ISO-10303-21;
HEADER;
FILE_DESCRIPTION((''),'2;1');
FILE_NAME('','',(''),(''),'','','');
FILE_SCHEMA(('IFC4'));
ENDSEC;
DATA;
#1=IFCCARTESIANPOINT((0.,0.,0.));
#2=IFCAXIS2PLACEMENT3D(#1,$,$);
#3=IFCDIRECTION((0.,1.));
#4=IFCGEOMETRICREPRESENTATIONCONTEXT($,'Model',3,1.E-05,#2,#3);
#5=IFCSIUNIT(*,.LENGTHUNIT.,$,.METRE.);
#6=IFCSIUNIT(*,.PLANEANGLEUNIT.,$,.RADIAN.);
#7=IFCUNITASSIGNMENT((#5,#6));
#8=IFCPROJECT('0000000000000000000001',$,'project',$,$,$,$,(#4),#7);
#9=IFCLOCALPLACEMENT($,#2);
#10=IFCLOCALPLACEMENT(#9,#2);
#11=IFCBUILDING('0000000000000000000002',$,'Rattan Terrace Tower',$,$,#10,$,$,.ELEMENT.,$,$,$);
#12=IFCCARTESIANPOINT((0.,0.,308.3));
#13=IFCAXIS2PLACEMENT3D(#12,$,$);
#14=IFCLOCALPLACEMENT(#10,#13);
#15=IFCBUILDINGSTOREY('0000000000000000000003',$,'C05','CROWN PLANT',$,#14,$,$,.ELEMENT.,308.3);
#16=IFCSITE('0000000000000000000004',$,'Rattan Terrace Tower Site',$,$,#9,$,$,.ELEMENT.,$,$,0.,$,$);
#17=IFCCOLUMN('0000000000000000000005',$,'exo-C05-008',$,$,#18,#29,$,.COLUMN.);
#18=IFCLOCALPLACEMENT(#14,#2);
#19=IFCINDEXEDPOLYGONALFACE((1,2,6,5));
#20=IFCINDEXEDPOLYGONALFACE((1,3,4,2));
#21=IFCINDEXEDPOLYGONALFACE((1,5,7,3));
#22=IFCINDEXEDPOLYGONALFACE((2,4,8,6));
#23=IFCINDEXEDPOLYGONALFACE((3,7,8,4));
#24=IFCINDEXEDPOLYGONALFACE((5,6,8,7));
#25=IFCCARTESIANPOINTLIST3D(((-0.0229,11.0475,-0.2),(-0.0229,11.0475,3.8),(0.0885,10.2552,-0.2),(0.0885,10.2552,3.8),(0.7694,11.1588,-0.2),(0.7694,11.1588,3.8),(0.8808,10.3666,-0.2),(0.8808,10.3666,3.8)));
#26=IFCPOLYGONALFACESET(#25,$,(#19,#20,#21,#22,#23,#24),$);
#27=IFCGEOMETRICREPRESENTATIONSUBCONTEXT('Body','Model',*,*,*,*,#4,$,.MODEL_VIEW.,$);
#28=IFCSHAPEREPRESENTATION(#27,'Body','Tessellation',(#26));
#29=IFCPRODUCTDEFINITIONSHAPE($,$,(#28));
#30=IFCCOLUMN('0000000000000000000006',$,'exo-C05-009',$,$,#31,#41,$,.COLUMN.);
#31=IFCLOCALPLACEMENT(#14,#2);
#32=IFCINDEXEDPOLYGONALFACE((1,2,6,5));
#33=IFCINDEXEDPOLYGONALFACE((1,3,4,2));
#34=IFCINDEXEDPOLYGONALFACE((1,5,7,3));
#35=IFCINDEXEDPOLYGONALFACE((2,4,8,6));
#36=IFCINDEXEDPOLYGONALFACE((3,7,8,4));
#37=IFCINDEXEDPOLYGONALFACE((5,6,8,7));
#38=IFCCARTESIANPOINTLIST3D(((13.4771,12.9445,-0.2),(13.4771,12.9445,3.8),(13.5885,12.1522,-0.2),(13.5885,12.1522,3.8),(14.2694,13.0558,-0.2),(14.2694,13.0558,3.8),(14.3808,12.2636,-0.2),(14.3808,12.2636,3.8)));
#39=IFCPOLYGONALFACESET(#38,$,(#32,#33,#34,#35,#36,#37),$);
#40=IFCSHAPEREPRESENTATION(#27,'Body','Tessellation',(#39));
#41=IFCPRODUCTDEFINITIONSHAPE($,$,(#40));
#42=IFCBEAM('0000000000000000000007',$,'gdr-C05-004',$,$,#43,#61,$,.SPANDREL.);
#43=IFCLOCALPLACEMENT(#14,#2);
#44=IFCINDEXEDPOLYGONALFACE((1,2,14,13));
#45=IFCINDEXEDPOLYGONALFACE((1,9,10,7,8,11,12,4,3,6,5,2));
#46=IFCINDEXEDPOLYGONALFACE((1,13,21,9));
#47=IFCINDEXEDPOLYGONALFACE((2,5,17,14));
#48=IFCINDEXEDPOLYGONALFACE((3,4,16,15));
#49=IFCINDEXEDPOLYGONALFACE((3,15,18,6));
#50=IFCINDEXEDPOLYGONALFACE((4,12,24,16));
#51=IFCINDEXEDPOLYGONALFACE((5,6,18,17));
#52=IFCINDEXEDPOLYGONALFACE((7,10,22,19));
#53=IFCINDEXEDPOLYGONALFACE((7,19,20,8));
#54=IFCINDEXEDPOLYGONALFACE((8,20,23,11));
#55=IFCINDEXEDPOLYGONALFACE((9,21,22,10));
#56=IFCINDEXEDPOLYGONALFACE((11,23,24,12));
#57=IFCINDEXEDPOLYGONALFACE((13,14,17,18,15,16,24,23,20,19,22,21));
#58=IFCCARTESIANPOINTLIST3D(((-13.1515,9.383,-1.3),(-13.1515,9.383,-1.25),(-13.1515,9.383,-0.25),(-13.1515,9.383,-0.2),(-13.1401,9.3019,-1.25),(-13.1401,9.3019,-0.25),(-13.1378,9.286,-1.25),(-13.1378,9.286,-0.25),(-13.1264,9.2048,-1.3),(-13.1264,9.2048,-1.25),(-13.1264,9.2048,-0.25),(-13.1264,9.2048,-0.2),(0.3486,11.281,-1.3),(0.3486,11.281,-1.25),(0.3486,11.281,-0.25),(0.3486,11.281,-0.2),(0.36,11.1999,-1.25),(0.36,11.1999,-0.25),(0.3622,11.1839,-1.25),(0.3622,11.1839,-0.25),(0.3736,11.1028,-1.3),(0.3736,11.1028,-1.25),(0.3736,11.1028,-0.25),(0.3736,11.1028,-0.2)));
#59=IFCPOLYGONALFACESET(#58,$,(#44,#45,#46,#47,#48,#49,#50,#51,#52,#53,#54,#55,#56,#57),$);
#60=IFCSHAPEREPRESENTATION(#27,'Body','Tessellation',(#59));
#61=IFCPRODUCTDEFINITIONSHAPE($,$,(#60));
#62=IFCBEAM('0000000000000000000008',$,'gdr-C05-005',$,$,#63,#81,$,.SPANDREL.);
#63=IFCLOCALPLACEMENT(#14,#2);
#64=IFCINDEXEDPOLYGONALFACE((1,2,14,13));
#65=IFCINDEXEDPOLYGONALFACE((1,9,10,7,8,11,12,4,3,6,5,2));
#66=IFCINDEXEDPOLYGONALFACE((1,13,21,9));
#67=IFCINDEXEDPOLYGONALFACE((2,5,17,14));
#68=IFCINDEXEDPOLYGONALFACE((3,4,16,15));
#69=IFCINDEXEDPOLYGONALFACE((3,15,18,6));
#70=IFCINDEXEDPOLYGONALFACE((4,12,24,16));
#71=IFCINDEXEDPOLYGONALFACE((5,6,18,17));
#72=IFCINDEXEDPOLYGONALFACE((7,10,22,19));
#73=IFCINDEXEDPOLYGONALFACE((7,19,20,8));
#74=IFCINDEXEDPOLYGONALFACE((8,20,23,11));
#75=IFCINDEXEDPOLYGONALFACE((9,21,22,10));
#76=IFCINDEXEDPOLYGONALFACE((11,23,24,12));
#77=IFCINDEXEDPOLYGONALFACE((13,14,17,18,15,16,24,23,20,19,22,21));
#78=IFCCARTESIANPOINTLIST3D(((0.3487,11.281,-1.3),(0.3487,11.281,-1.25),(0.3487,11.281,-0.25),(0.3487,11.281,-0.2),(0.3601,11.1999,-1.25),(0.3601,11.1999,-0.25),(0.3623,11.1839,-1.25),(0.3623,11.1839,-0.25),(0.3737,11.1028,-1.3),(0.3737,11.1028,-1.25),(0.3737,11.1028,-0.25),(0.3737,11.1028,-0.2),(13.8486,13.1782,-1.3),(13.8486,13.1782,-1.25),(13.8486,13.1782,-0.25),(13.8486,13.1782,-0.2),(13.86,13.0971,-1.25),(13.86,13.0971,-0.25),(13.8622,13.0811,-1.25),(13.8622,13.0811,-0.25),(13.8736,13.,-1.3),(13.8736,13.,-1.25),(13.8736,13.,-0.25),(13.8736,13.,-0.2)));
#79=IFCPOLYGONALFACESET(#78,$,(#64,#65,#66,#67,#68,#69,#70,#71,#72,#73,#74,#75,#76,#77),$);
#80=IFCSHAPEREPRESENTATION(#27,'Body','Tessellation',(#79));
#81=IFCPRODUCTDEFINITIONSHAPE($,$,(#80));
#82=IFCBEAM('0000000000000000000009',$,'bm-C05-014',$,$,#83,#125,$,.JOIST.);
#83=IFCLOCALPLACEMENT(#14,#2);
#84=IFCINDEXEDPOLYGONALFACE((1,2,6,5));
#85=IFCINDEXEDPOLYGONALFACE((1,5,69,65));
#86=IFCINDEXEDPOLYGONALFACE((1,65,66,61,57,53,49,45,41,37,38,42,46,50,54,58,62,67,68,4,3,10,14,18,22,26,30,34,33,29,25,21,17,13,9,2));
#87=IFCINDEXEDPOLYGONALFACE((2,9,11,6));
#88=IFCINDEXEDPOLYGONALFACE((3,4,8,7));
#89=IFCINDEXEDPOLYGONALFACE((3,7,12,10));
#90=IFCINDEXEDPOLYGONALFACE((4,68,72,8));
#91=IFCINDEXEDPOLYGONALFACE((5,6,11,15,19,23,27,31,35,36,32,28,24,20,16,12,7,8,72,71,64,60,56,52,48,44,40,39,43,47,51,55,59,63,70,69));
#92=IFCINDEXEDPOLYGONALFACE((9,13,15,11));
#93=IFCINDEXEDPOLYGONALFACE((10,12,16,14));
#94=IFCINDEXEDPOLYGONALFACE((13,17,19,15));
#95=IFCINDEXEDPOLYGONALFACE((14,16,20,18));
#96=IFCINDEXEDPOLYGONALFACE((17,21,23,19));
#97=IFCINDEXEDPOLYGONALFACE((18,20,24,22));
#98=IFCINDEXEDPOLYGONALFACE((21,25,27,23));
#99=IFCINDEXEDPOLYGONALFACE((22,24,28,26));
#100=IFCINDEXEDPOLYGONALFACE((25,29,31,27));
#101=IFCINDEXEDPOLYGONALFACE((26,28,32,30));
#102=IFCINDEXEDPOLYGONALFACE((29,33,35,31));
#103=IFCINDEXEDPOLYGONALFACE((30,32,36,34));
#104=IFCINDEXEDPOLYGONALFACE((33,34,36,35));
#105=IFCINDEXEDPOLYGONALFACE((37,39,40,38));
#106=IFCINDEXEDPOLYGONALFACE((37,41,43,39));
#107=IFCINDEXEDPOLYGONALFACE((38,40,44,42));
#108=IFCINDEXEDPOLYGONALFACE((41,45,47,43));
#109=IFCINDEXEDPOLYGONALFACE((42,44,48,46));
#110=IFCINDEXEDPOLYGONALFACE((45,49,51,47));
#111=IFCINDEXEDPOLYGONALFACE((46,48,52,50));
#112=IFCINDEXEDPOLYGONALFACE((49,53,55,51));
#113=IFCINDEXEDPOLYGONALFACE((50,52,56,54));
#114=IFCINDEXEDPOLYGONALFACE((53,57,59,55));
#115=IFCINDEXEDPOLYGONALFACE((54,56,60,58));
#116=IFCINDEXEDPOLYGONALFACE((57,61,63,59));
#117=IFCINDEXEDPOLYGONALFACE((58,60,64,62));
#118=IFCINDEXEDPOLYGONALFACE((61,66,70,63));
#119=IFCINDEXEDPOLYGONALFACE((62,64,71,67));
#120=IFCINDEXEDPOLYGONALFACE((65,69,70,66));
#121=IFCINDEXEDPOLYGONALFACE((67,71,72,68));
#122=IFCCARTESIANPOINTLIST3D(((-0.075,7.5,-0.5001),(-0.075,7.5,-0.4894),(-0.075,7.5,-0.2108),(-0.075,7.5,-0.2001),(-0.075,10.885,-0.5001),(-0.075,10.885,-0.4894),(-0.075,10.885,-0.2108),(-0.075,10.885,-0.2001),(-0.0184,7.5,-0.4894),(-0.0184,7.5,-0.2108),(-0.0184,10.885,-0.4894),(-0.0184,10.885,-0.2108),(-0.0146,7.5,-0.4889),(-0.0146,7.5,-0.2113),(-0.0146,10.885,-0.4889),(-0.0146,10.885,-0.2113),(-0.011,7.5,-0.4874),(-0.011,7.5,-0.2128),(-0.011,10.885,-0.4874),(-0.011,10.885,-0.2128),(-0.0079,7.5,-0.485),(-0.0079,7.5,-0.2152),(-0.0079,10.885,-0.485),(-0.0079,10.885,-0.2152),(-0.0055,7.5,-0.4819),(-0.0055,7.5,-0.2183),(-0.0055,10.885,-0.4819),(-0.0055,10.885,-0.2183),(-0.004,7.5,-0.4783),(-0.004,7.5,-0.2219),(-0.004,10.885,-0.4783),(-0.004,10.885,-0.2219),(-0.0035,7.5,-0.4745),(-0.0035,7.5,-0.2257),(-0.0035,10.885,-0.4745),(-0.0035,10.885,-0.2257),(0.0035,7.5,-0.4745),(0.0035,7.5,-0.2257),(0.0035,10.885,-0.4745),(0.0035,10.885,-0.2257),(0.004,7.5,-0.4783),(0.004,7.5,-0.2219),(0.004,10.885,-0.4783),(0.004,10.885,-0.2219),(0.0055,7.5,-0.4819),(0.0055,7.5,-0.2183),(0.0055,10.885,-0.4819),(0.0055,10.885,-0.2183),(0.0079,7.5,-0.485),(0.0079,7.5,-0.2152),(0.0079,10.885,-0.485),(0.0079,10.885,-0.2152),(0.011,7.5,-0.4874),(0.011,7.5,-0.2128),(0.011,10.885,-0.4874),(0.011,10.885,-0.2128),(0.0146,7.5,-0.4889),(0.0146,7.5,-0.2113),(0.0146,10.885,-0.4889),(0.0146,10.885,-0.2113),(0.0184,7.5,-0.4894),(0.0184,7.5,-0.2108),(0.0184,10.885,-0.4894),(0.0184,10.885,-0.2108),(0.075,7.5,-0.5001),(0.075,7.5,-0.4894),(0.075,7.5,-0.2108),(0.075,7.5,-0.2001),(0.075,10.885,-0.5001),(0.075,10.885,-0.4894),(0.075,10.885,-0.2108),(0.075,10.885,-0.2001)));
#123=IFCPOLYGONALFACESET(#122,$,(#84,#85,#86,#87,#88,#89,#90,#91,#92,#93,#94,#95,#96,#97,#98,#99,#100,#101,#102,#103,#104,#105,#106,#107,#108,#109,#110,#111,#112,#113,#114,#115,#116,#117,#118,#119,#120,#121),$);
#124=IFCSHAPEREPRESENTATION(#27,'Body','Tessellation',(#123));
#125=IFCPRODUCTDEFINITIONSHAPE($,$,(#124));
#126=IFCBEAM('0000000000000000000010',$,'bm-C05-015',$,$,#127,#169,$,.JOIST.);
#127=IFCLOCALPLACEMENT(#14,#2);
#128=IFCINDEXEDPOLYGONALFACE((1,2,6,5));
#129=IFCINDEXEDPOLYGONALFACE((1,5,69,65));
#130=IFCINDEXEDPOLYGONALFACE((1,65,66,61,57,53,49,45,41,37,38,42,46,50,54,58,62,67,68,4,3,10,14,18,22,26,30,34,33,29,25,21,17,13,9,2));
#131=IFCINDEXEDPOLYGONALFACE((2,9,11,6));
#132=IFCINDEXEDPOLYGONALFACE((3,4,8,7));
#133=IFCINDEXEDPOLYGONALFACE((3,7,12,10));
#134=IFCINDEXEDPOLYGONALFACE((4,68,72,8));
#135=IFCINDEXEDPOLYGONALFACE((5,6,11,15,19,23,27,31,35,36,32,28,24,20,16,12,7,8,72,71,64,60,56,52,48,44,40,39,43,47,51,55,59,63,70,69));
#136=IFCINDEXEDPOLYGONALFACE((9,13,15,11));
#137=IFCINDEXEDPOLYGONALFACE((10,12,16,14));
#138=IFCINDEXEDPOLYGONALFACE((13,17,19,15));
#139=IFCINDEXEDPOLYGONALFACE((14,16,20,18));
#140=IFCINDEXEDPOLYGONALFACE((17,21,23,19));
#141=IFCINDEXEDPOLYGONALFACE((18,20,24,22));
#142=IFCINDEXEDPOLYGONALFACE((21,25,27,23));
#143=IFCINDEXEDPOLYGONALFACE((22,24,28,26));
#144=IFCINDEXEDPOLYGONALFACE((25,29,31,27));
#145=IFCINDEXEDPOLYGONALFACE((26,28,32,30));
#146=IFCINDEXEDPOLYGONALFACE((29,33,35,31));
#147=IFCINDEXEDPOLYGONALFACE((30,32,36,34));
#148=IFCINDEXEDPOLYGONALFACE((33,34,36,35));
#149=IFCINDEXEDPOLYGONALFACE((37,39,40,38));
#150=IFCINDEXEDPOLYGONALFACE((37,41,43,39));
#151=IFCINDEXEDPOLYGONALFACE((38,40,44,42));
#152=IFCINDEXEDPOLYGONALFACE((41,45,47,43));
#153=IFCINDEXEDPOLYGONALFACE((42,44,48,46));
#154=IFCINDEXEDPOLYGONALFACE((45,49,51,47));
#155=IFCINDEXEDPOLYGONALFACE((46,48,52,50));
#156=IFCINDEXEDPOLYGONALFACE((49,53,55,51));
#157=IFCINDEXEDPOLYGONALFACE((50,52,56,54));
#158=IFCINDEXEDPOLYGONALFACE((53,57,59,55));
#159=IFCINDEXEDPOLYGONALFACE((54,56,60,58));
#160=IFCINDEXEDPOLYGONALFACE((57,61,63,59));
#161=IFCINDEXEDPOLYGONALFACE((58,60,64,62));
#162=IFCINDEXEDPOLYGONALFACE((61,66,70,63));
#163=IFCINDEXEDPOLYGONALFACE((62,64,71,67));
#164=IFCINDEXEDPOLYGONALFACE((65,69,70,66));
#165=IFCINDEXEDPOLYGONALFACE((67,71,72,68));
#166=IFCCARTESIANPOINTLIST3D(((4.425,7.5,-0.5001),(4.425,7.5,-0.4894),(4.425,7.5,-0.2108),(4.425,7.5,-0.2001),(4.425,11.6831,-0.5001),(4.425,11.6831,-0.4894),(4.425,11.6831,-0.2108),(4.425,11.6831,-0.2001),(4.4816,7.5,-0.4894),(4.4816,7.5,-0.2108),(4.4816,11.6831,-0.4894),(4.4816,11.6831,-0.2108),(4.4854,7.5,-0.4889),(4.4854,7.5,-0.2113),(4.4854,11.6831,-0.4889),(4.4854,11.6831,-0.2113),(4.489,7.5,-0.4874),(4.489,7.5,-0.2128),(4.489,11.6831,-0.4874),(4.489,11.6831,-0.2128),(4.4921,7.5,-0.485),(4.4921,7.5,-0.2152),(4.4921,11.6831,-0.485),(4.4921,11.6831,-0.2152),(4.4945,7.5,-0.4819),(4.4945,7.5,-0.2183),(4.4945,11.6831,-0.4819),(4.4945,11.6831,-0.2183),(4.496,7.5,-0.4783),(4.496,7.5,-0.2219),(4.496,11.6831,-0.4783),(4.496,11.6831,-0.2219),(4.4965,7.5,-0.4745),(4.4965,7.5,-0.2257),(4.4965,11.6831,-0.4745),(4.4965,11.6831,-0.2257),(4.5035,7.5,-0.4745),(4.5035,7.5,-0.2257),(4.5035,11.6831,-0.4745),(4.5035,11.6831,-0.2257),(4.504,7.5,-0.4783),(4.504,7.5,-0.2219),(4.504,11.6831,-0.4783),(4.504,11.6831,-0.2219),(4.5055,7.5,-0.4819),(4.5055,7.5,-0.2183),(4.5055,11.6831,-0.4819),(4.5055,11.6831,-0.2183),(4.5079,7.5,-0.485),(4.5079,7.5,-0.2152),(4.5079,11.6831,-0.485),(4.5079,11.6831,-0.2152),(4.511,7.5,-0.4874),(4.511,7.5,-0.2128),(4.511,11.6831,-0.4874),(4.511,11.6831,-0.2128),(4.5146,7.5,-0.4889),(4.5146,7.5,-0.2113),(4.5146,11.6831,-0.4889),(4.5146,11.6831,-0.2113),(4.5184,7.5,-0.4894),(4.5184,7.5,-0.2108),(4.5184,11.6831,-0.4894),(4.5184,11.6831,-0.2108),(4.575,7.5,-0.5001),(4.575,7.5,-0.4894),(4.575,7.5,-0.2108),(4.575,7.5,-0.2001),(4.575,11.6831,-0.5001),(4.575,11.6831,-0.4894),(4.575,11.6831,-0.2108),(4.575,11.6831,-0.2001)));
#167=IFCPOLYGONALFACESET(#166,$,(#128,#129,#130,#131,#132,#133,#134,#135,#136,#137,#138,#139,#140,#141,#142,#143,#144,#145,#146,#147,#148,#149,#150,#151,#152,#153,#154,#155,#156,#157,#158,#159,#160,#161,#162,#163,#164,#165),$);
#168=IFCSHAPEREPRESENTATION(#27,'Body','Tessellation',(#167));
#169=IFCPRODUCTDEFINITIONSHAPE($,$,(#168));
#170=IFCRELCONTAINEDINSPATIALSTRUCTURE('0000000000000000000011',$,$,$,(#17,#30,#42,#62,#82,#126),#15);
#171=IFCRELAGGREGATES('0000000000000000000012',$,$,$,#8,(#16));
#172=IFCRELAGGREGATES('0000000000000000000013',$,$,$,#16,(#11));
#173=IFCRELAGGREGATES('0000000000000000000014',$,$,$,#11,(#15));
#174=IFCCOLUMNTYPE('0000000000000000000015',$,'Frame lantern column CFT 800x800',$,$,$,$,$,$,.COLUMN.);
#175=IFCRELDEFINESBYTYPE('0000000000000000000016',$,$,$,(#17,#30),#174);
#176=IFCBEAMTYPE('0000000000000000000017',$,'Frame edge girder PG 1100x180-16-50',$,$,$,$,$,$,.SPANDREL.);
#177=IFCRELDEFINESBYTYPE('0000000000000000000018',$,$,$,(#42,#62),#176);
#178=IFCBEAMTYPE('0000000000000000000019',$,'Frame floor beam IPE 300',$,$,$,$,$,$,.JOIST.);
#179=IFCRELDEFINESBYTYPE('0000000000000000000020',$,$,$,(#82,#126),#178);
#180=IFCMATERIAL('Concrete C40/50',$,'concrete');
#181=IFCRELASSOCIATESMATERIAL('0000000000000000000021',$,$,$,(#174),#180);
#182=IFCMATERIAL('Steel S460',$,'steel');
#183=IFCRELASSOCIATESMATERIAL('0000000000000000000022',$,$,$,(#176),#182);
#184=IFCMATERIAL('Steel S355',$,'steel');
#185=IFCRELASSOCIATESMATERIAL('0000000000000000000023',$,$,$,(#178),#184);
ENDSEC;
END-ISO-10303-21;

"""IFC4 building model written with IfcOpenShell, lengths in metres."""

from ifc_helpers import new_model, si_unit, direction, frame, origin, origin_2d, place, context, subcontext, project, spatial, rectangle, i_section, extrude, material, material_profile, profile_set, type_object, element, save


model = new_model("IFC4")

# Units and contexts
model_context = context("Model", 3, precision=1e-05, world=origin(), true_north=direction((0.0, 1.0)))
body_context = subcontext(model_context, "Body", "Model", "MODEL_VIEW")
ifc_project = project(units=[si_unit("LENGTHUNIT", "METRE"), si_unit("PLANEANGLEUNIT", "RADIAN")], contexts=[model_context])

# Site, building, storey
site_placement = place(None, origin())
site = spatial("IfcSite", under=ifc_project, at=site_placement, Name="Rattan Terrace Tower Site", CompositionType="ELEMENT", RefElevation=0.0)
building_placement = place(site_placement, origin())
building = spatial("IfcBuilding", under=site, at=building_placement, Name="Rattan Terrace Tower", CompositionType="ELEMENT")
storey_placement = place(building_placement, frame((0.0, 0.0, 308.3)))
storey = spatial("IfcBuildingStorey", under=building, at=storey_placement, Name="C05", Description="CROWN PLANT", CompositionType="ELEMENT", Elevation=308.3)

# Columns
ifc_material_1 = material(Name="Concrete C40/50", Category="concrete")
ifc_material_profile_1 = material_profile(ifc_material_1, rectangle(XDim=0.8, YDim=0.8, at=origin_2d()), Name="CFT 800x800")
ifc_profile_set_1 = profile_set([ifc_material_profile_1], Name="Concrete C40/50")
column_type = type_object("IfcColumnType", Name="Frame lantern column CFT 800x800", PredefinedType="COLUMN", material=ifc_profile_set_1)
for number, where, z_axis, x_axis, name in (
    (1, (0.429, 10.707, -0.2), (0.0, 0.0, 1.0), (0.990266, 0.13919, 0.0), "exo-C05-008"),
    (2, (13.929, 12.604, -0.2), (0.0, 0.0, 1.0), (0.990266, 0.13919, 0.0), "exo-C05-009"),
):
    element("IfcColumn", number, at=place(storey_placement, frame(where, z_axis=z_axis, x_axis=x_axis)), inside=storey, type_object=column_type, Name=name, PredefinedType="COLUMN", context=body_context, shape_type="SweptSolid", body=[
        extrude(rectangle(XDim=0.8, YDim=0.8, at=origin_2d()), origin(), (0.0, 0.0, 1.0), 4.0),
    ])

# Beams
ifc_material_2 = material(Name="Steel S460", Category="steel")
ifc_material_profile_2 = material_profile(ifc_material_2, i_section(OverallWidth=0.1799, OverallDepth=1.1001, WebThickness=0.0161, FlangeThickness=0.05, at=origin_2d()), Name="PG 1100x180-16-50")
ifc_profile_set_2 = profile_set([ifc_material_profile_2], Name="Steel S460")
beam_type_1 = type_object("IfcBeamType", Name="Frame edge girder PG 1100x180-16-50", PredefinedType="SPANDREL", material=ifc_profile_set_2)
beam_1_placement = place(storey_placement, frame((0.3611, 11.1919, -0.75), z_axis=(-0.990262, -0.13922, 0.0), x_axis=(0.13922, -0.990262, 0.0)))
element("IfcBeam", 3, at=beam_1_placement, inside=storey, type_object=beam_type_1, Name="gdr-C05-004", PredefinedType="SPANDREL", context=body_context, shape_type="SweptSolid", body=[
    extrude(i_section(OverallWidth=0.1799, OverallDepth=1.1001, WebThickness=0.0161, FlangeThickness=0.05, at=origin_2d()), origin(), (0.0, 0.0, 1.0), 13.6328),
])
beam_2_placement = place(storey_placement, frame((13.8611, 13.0891, -0.75), z_axis=(-0.990269, -0.139167, 0.0), x_axis=(0.139167, -0.990269, 0.0)))
element("IfcBeam", 4, at=beam_2_placement, inside=storey, type_object=beam_type_1, Name="gdr-C05-005", PredefinedType="SPANDREL", context=body_context, shape_type="SweptSolid", body=[
    extrude(i_section(OverallWidth=0.1799, OverallDepth=1.1001, WebThickness=0.0161, FlangeThickness=0.05, at=origin_2d()), origin(), (0.0, 0.0, 1.0), 13.6326),
])
ifc_material_3 = material(Name="Steel S355", Category="steel")
ifc_material_profile_3 = material_profile(ifc_material_3, i_section(OverallWidth=0.1499, OverallDepth=0.3, WebThickness=0.0071, FlangeThickness=0.0107, FilletRadius=0.0149, at=origin_2d()), Name="IPE 300")
ifc_profile_set_3 = profile_set([ifc_material_profile_3], Name="Steel S355")
beam_type_2 = type_object("IfcBeamType", Name="Frame floor beam IPE 300", PredefinedType="JOIST", material=ifc_profile_set_3)
beam_3_placement = place(storey_placement, frame((0.0, 7.5, -0.3501), z_axis=(0.0, 1.0, 0.0), x_axis=(-1.0, 0.0, 0.0)))
element("IfcBeam", 5, at=beam_3_placement, inside=storey, type_object=beam_type_2, Name="bm-C05-014", PredefinedType="JOIST", context=body_context, shape_type="SweptSolid", body=[
    extrude(i_section(OverallWidth=0.1499, OverallDepth=0.3, WebThickness=0.0071, FlangeThickness=0.0107, FilletRadius=0.0149, at=origin_2d()), origin(), (0.0, 0.0, 1.0), 3.385),
])
beam_4_placement = place(storey_placement, frame((4.5, 7.5, -0.3501), z_axis=(0.0, 1.0, 0.0), x_axis=(-1.0, 0.0, 0.0)))
element("IfcBeam", 6, at=beam_4_placement, inside=storey, type_object=beam_type_2, Name="bm-C05-015", PredefinedType="JOIST", context=body_context, shape_type="SweptSolid", body=[
    extrude(i_section(OverallWidth=0.1499, OverallDepth=0.3, WebThickness=0.0071, FlangeThickness=0.0107, FilletRadius=0.0149, at=origin_2d()), origin(), (0.0, 0.0, 1.0), 4.1831),
])

save(model, "model.ifc")
